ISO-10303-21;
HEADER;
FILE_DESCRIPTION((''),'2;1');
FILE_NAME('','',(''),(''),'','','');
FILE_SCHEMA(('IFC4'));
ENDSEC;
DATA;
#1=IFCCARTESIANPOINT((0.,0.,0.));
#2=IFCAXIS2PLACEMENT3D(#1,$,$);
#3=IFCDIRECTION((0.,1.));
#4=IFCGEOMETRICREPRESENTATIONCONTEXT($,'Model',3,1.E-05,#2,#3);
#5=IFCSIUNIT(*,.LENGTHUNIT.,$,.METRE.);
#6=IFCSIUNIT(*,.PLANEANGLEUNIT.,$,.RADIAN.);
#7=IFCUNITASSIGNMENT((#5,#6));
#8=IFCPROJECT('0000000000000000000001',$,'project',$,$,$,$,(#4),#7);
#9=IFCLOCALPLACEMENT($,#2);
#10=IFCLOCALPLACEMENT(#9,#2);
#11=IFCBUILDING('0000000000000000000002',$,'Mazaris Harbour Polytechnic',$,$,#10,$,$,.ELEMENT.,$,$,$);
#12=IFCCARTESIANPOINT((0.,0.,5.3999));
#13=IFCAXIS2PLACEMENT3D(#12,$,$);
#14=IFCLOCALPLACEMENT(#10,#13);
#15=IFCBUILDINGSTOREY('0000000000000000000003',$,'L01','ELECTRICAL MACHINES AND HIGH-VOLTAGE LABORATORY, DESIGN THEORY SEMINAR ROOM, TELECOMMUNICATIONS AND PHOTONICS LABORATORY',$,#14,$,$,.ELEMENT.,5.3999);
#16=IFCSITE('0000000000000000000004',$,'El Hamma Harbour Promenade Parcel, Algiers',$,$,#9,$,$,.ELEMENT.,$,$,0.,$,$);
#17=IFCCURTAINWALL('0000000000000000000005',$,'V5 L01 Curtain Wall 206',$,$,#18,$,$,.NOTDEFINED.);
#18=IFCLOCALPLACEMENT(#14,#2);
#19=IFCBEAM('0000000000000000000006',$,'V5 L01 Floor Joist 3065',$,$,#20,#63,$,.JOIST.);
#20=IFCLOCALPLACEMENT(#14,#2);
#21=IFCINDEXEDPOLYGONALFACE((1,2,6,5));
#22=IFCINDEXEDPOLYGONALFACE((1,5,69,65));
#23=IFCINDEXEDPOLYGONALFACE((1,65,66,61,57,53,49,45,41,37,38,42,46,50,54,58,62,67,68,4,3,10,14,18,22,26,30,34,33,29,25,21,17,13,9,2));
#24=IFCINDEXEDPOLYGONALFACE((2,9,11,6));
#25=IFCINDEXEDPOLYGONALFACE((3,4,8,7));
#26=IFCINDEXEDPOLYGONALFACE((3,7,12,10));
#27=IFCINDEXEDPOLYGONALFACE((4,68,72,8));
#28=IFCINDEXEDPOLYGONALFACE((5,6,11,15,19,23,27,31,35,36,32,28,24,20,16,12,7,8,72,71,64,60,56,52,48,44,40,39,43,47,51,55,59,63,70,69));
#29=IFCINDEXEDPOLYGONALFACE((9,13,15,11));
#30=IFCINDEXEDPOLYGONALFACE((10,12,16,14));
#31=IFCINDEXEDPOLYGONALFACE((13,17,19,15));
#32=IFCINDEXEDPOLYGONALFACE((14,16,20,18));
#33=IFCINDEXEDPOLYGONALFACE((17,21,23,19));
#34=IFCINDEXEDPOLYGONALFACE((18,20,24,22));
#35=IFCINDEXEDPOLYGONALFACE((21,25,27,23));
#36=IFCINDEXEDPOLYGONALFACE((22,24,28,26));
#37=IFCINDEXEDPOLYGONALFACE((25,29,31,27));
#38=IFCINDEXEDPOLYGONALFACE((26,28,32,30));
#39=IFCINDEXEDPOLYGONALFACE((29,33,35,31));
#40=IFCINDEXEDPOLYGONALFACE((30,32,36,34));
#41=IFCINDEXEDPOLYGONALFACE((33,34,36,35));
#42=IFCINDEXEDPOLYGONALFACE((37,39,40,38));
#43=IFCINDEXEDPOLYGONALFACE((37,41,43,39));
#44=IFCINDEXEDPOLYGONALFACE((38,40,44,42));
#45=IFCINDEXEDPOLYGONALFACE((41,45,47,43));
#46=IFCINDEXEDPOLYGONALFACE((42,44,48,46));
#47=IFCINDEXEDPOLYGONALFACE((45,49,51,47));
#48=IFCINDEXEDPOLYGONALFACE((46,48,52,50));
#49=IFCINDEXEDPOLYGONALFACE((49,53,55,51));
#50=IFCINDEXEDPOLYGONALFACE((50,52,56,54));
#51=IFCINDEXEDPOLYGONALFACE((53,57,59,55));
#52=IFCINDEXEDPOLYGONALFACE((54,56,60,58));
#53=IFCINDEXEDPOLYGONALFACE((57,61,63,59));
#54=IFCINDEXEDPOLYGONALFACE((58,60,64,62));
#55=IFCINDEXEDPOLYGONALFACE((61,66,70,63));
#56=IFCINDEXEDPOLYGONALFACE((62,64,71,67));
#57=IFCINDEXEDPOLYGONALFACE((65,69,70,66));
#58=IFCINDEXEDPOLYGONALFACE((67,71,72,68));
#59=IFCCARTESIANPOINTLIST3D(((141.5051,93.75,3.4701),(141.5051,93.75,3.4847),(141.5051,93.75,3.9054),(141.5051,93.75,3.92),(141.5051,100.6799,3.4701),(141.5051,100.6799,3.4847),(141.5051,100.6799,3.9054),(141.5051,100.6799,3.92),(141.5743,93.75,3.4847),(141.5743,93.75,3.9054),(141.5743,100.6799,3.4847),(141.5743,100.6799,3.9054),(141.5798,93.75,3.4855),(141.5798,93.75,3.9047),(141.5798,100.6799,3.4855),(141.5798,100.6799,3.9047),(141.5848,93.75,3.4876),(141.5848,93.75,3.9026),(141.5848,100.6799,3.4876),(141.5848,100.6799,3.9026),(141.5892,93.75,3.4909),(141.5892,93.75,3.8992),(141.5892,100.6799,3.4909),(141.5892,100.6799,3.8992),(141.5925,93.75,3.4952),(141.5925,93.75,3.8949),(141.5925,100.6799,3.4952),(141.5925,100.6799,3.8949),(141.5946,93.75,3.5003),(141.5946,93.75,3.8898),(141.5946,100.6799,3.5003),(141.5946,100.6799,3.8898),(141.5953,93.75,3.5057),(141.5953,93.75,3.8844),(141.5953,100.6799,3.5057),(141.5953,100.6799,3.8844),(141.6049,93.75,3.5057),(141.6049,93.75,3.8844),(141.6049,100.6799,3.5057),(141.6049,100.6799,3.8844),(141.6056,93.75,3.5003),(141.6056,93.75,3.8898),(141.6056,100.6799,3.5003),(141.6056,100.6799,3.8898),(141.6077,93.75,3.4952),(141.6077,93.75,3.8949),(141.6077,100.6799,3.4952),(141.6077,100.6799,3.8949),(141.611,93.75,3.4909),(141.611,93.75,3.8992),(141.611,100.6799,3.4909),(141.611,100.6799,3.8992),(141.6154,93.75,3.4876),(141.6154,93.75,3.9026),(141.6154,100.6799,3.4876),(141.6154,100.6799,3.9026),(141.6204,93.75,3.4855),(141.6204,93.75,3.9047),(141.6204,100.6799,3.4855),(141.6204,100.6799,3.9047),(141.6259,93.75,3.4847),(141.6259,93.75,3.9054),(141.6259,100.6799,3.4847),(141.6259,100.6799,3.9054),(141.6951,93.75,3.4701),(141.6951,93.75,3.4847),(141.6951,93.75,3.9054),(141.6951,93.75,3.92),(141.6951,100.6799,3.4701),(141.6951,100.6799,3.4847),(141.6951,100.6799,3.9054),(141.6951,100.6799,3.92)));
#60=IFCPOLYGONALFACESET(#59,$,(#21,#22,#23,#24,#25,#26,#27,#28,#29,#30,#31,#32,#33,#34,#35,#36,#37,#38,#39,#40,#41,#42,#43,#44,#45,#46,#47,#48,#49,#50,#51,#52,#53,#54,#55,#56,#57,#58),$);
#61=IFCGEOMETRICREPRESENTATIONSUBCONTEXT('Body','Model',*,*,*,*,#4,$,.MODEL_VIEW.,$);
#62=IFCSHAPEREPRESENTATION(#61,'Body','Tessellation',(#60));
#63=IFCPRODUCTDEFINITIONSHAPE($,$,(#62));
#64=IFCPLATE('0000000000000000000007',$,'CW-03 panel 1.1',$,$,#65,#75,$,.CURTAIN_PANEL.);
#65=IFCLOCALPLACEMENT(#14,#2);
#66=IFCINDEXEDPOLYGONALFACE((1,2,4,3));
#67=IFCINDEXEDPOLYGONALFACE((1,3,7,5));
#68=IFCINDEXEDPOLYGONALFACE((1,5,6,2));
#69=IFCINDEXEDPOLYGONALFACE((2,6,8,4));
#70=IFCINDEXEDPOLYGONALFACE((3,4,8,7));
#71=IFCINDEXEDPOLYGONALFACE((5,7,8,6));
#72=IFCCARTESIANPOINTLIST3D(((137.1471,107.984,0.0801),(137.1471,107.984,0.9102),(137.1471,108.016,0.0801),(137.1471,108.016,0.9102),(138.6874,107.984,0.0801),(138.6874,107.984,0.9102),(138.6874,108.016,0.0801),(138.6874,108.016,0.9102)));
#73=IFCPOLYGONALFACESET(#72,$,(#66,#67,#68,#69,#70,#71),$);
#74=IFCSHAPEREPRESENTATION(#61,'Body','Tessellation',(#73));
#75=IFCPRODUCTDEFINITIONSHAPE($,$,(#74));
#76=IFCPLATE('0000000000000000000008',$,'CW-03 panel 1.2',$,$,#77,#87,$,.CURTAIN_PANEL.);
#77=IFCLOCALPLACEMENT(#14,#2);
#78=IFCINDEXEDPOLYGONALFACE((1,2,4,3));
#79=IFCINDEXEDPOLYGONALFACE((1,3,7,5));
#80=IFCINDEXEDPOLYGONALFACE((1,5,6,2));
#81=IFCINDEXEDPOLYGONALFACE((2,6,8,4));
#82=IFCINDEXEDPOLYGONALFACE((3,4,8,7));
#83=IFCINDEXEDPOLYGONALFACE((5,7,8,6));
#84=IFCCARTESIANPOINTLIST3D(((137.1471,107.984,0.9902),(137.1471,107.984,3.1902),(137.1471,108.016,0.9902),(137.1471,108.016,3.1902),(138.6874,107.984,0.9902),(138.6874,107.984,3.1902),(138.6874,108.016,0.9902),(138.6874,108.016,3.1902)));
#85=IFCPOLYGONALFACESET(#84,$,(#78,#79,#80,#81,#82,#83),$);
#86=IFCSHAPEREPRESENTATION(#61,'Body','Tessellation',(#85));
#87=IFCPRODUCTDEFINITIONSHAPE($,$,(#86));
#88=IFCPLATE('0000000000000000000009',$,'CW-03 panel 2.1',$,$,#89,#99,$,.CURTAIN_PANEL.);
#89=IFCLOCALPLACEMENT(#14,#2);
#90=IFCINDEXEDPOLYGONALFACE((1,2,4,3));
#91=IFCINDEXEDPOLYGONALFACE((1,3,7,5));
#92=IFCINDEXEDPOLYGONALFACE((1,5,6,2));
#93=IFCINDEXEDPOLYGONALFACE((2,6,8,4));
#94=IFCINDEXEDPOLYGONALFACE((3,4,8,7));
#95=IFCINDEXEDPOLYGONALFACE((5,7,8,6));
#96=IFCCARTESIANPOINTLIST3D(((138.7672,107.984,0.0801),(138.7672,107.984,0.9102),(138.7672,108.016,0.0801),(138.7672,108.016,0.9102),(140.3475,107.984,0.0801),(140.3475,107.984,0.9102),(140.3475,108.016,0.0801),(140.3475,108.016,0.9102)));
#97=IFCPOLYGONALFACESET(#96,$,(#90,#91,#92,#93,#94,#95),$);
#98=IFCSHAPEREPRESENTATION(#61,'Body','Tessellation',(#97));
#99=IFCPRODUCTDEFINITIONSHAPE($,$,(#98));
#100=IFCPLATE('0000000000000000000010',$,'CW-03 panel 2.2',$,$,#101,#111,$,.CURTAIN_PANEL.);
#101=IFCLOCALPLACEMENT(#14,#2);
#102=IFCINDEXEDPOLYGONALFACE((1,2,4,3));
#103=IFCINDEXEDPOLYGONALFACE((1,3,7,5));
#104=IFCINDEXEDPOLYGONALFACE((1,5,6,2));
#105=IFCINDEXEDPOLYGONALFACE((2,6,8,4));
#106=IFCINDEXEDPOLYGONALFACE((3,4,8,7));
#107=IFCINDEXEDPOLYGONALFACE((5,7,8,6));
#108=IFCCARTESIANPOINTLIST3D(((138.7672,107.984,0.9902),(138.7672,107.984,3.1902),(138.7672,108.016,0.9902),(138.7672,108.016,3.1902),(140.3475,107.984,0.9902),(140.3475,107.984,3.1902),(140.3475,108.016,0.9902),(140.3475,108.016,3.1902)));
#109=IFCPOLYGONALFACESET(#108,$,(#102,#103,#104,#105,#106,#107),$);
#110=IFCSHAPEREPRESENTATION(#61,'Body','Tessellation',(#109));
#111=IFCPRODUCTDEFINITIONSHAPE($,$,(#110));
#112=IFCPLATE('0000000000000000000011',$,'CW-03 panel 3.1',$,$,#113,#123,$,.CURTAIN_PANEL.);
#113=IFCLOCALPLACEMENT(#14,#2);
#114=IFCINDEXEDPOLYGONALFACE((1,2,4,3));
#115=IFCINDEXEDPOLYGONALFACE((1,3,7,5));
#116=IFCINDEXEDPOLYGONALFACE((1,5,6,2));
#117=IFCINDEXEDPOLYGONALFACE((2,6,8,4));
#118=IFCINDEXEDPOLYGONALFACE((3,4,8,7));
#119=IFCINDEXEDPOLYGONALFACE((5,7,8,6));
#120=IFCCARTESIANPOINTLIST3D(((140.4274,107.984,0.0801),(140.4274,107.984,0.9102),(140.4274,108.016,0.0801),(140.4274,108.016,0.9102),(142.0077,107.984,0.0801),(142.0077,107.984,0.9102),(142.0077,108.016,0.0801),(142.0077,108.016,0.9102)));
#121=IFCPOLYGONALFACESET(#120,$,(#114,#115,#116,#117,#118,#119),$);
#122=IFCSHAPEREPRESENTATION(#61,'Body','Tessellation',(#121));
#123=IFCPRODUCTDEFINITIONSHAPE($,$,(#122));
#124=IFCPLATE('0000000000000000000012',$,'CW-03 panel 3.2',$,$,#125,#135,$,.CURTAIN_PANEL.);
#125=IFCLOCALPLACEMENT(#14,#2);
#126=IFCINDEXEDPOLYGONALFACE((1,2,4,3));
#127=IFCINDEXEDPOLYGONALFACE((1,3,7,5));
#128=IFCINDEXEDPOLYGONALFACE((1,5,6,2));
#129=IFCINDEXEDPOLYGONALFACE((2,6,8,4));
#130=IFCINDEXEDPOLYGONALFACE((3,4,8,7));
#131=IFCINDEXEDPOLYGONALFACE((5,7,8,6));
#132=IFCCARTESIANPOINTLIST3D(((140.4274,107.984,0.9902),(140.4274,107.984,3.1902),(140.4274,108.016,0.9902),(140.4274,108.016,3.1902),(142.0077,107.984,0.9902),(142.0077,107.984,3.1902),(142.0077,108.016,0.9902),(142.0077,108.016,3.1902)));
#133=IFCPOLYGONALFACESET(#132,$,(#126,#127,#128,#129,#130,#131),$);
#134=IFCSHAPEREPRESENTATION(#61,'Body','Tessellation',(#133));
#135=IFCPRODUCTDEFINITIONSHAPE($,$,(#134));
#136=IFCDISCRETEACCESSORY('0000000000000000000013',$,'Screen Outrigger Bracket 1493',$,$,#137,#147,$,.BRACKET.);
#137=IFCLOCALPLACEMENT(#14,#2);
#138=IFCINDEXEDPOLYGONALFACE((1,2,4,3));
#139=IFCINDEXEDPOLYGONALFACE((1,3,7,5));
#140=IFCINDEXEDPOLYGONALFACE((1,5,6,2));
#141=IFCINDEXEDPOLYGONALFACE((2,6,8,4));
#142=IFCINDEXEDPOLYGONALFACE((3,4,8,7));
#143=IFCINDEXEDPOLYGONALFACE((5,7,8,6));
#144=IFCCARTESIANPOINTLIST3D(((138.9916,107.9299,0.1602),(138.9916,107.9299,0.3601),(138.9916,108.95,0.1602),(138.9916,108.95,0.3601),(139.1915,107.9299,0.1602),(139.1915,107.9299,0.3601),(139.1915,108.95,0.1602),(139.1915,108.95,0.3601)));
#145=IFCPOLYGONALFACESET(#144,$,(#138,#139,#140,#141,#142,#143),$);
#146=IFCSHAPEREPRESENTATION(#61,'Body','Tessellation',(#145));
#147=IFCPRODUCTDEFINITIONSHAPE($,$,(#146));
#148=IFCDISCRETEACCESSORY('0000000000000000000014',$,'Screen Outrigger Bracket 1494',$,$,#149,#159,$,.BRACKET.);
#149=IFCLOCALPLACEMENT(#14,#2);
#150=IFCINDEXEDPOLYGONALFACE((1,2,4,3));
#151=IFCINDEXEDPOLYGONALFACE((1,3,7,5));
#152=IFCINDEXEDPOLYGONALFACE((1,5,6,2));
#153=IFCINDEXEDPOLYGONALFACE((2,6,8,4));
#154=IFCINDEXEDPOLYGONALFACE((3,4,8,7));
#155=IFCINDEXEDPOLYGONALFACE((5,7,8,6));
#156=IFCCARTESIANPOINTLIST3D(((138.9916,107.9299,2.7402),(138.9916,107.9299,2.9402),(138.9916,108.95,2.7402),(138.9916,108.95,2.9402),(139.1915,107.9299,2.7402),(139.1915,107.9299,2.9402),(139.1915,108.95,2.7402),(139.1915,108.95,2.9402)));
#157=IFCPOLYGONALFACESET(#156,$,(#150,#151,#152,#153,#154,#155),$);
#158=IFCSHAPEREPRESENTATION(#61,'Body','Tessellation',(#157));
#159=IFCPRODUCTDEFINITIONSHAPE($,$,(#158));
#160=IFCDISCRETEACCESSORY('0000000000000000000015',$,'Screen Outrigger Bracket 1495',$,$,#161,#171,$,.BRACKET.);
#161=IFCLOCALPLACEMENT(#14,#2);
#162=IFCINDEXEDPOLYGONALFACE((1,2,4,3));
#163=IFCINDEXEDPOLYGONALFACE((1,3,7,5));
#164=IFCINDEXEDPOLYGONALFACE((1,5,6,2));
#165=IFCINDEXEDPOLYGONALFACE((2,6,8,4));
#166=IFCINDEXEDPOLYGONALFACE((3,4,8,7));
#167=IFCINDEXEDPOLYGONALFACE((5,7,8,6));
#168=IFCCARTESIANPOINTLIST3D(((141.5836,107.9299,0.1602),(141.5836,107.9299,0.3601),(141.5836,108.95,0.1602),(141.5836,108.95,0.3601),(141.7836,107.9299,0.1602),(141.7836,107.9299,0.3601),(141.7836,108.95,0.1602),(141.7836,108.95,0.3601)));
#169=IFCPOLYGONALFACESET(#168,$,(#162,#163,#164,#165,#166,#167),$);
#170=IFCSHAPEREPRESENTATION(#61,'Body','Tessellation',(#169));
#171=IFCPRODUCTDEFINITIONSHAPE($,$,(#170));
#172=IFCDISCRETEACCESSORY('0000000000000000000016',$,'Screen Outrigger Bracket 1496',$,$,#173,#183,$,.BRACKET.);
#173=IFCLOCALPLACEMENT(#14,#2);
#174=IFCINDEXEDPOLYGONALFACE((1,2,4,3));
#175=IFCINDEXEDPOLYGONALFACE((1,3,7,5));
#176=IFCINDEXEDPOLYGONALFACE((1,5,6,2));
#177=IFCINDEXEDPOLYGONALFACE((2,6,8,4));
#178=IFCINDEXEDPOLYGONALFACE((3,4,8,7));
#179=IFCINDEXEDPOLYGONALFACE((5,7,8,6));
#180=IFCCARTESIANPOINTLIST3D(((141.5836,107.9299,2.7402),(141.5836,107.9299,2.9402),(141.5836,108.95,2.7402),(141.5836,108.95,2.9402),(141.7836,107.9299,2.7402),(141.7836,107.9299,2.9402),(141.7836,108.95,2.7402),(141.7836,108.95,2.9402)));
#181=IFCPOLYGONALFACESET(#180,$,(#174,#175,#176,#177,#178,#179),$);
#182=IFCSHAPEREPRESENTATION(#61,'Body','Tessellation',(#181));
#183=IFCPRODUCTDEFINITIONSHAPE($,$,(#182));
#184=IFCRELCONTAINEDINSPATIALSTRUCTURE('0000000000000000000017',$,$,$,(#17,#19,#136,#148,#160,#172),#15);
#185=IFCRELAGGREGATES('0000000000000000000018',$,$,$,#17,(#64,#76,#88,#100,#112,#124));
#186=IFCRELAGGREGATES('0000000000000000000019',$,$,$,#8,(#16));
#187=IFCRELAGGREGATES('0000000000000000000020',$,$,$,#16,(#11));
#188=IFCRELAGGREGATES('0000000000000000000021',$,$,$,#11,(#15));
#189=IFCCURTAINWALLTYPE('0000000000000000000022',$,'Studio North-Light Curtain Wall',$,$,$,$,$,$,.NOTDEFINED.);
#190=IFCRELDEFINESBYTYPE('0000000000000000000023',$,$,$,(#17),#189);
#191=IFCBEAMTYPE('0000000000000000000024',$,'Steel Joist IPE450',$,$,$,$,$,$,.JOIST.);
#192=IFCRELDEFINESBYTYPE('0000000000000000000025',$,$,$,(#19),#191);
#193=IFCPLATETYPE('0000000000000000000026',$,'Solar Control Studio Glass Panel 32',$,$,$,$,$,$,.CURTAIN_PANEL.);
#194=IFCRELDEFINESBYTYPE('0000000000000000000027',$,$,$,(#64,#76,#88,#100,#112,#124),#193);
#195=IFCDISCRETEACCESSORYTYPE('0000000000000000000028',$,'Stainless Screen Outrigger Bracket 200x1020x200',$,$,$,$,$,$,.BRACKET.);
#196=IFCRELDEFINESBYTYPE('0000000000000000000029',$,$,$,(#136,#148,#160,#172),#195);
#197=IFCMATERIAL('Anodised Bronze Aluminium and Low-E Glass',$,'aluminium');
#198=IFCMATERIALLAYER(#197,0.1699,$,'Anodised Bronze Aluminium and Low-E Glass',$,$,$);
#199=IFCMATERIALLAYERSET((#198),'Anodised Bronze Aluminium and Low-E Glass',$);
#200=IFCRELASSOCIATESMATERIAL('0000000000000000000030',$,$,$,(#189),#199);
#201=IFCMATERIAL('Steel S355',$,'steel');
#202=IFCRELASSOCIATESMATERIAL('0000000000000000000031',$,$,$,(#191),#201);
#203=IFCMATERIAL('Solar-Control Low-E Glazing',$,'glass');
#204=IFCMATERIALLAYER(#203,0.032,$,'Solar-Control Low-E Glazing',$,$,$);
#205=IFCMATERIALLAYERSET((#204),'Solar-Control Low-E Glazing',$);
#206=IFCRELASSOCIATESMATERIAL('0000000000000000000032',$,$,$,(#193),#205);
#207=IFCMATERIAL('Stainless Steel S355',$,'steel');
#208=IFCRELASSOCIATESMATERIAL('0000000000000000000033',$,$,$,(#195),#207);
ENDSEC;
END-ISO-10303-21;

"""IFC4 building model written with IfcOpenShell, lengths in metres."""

from ifc_helpers import new_model, si_unit, direction, frame, origin, origin_2d, place, context, subcontext, project, spatial, rectangle, i_section, extrude, material, layer, layer_set, material_profile, profile_set, type_object, element, aggregate, save


model = new_model("IFC4")

# Units and contexts
model_context = context("Model", 3, precision=1e-05, world=origin(), true_north=direction((0.0, 1.0)))
body_context = subcontext(model_context, "Body", "Model", "MODEL_VIEW")
ifc_project = project(units=[si_unit("LENGTHUNIT", "METRE"), si_unit("PLANEANGLEUNIT", "RADIAN")], contexts=[model_context])

# Site, building, storey
site_placement = place(None, origin())
site = spatial("IfcSite", under=ifc_project, at=site_placement, Name="El Hamma Harbour Promenade Parcel, Algiers", CompositionType="ELEMENT", RefElevation=0.0)
building_placement = place(site_placement, origin())
building = spatial("IfcBuilding", under=site, at=building_placement, Name="Mazaris Harbour Polytechnic", CompositionType="ELEMENT")
storey_placement = place(building_placement, frame((0.0, 0.0, 5.3999)))
storey = spatial("IfcBuildingStorey", under=building, at=storey_placement, Name="L01", Description="ELECTRICAL MACHINES AND HIGH-VOLTAGE LABORATORY, DESIGN THEORY SEMINAR ROOM, TELECOMMUNICATIONS AND PHOTONICS LABORATORY", CompositionType="ELEMENT", Elevation=5.3999)

# Curtain wall
ifc_material_1 = material(Name="Anodised Bronze Aluminium and Low-E Glass", Category="aluminium")
ifc_layer_1 = layer(ifc_material_1, 0.1699, Name="Anodised Bronze Aluminium and Low-E Glass")
ifc_layer_set_1 = layer_set([ifc_layer_1], Name="Anodised Bronze Aluminium and Low-E Glass")
curtain_wall_type = type_object("IfcCurtainWallType", Name="Studio North-Light Curtain Wall", PredefinedType="NOTDEFINED", material=ifc_layer_set_1)
curtain_wall_placement = place(storey_placement, origin())
curtain_wall = element("IfcCurtainWall", 1, at=curtain_wall_placement, inside=storey, type_object=curtain_wall_type, Name="V5 L01 Curtain Wall 206", PredefinedType="NOTDEFINED")

# Beam
ifc_material_2 = material(Name="Steel S355", Category="steel")
ifc_material_profile_1 = material_profile(ifc_material_2, i_section(OverallWidth=0.1899, OverallDepth=0.45, WebThickness=0.0095, FlangeThickness=0.0146, FilletRadius=0.021, at=origin_2d()), Name="IPE 450")
ifc_profile_set_1 = profile_set([ifc_material_profile_1], Name="Steel S355")
beam_type_1 = type_object("IfcBeamType", Name="Steel Joist IPE450", PredefinedType="JOIST", material=ifc_profile_set_1)
beam_1_placement = place(storey_placement, frame((141.6001, 93.75, 3.6951), z_axis=(0.0, 1.0, 0.0), x_axis=(-1.0, 0.0, 0.0)))
element("IfcBeam", 2, at=beam_1_placement, inside=storey, type_object=beam_type_1, Name="V5 L01 Floor Joist 3065", PredefinedType="JOIST", context=body_context, shape_type="SweptSolid", body=[
    extrude(i_section(OverallWidth=0.1899, OverallDepth=0.45, WebThickness=0.0095, FlangeThickness=0.0146, FilletRadius=0.021, at=origin_2d()), origin(), (0.0, 0.0, 1.0), 6.9299),
])

# Plates
ifc_material_3 = material(Name="Solar-Control Low-E Glazing", Category="glass")
ifc_layer_2 = layer(ifc_material_3, 0.032, Name="Solar-Control Low-E Glazing")
ifc_layer_set_2 = layer_set([ifc_layer_2], Name="Solar-Control Low-E Glazing")
plate_type = type_object("IfcPlateType", Name="Solar Control Studio Glass Panel 32", PredefinedType="CURTAIN_PANEL", material=ifc_layer_set_2)
plate_1_placement = place(storey_placement, frame((137.9172, 108.0, 0.0801), z_axis=(0.0, 0.0, 1.0), x_axis=(1.0, 0.0, 0.0)))
plate_1 = element("IfcPlate", 3, at=plate_1_placement, type_object=plate_type, Name="CW-03 panel 1.1", PredefinedType="CURTAIN_PANEL", context=body_context, shape_type="SweptSolid", body=[
    extrude(rectangle(XDim=1.5403, YDim=0.032, at=origin_2d()), origin(), (0.0, 0.0, 1.0), 0.8301),
])
plate_2_placement = place(storey_placement, frame((137.9172, 108.0, 0.9902), z_axis=(0.0, 0.0, 1.0), x_axis=(1.0, 0.0, 0.0)))
plate_2 = element("IfcPlate", 4, at=plate_2_placement, type_object=plate_type, Name="CW-03 panel 1.2", PredefinedType="CURTAIN_PANEL", context=body_context, shape_type="SweptSolid", body=[
    extrude(rectangle(XDim=1.5403, YDim=0.032, at=origin_2d()), origin(), (0.0, 0.0, 1.0), 2.2),
])
plate_3_placement = place(storey_placement, frame((139.5574, 108.0, 0.0801), z_axis=(0.0, 0.0, 1.0), x_axis=(1.0, 0.0, 0.0)))
plate_3 = element("IfcPlate", 5, at=plate_3_placement, type_object=plate_type, Name="CW-03 panel 2.1", PredefinedType="CURTAIN_PANEL", context=body_context, shape_type="SweptSolid", body=[
    extrude(rectangle(XDim=1.5803, YDim=0.032, at=origin_2d()), origin(), (0.0, 0.0, 1.0), 0.8301),
])
plate_4_placement = place(storey_placement, frame((139.5574, 108.0, 0.9902), z_axis=(0.0, 0.0, 1.0), x_axis=(1.0, 0.0, 0.0)))
plate_4 = element("IfcPlate", 6, at=plate_4_placement, type_object=plate_type, Name="CW-03 panel 2.2", PredefinedType="CURTAIN_PANEL", context=body_context, shape_type="SweptSolid", body=[
    extrude(rectangle(XDim=1.5803, YDim=0.032, at=origin_2d()), origin(), (0.0, 0.0, 1.0), 2.2),
])
plate_5_placement = place(storey_placement, frame((141.2175, 108.0, 0.0801), z_axis=(0.0, 0.0, 1.0), x_axis=(1.0, 0.0, 0.0)))
plate_5 = element("IfcPlate", 7, at=plate_5_placement, type_object=plate_type, Name="CW-03 panel 3.1", PredefinedType="CURTAIN_PANEL", context=body_context, shape_type="SweptSolid", body=[
    extrude(rectangle(XDim=1.5803, YDim=0.032, at=origin_2d()), origin(), (0.0, 0.0, 1.0), 0.8301),
])
plate_6_placement = place(storey_placement, frame((141.2175, 108.0, 0.9902), z_axis=(0.0, 0.0, 1.0), x_axis=(1.0, 0.0, 0.0)))
plate_6 = element("IfcPlate", 8, at=plate_6_placement, type_object=plate_type, Name="CW-03 panel 3.2", PredefinedType="CURTAIN_PANEL", context=body_context, shape_type="SweptSolid", body=[
    extrude(rectangle(XDim=1.5803, YDim=0.032, at=origin_2d()), origin(), (0.0, 0.0, 1.0), 2.2),
])
aggregate(curtain_wall, [plate_1, plate_2, plate_3, plate_4, plate_5, plate_6])

# Discrete accessories
ifc_material_4 = material(Name="Stainless Steel S355", Category="steel")
discrete_accessory_type = type_object("IfcDiscreteAccessoryType", Name="Stainless Screen Outrigger Bracket 200x1020x200", PredefinedType="BRACKET", material=ifc_material_4)
for number, where, z_axis, x_axis, name in (
    (9, (139.0916, 108.4399, 0.1602), (0.0, 0.0, 1.0), (1.0, 0.0, 0.0), "Screen Outrigger Bracket 1493"),
    (10, (139.0916, 108.4399, 2.7402), (0.0, 0.0, 1.0), (1.0, 0.0, 0.0), "Screen Outrigger Bracket 1494"),
    (11, (141.6836, 108.4399, 0.1602), (0.0, 0.0, 1.0), (1.0, 0.0, 0.0), "Screen Outrigger Bracket 1495"),
    (12, (141.6836, 108.4399, 2.7402), (0.0, 0.0, 1.0), (1.0, 0.0, 0.0), "Screen Outrigger Bracket 1496"),
):
    element("IfcDiscreteAccessory", number, at=place(storey_placement, frame(where, z_axis=z_axis, x_axis=x_axis)), inside=storey, type_object=discrete_accessory_type, Name=name, PredefinedType="BRACKET", context=body_context, shape_type="SweptSolid", body=[
        extrude(rectangle(XDim=0.2, YDim=1.02, at=origin_2d()), origin(), (0.0, 0.0, 1.0), 0.2),
    ])

save(model, "model.ifc")
